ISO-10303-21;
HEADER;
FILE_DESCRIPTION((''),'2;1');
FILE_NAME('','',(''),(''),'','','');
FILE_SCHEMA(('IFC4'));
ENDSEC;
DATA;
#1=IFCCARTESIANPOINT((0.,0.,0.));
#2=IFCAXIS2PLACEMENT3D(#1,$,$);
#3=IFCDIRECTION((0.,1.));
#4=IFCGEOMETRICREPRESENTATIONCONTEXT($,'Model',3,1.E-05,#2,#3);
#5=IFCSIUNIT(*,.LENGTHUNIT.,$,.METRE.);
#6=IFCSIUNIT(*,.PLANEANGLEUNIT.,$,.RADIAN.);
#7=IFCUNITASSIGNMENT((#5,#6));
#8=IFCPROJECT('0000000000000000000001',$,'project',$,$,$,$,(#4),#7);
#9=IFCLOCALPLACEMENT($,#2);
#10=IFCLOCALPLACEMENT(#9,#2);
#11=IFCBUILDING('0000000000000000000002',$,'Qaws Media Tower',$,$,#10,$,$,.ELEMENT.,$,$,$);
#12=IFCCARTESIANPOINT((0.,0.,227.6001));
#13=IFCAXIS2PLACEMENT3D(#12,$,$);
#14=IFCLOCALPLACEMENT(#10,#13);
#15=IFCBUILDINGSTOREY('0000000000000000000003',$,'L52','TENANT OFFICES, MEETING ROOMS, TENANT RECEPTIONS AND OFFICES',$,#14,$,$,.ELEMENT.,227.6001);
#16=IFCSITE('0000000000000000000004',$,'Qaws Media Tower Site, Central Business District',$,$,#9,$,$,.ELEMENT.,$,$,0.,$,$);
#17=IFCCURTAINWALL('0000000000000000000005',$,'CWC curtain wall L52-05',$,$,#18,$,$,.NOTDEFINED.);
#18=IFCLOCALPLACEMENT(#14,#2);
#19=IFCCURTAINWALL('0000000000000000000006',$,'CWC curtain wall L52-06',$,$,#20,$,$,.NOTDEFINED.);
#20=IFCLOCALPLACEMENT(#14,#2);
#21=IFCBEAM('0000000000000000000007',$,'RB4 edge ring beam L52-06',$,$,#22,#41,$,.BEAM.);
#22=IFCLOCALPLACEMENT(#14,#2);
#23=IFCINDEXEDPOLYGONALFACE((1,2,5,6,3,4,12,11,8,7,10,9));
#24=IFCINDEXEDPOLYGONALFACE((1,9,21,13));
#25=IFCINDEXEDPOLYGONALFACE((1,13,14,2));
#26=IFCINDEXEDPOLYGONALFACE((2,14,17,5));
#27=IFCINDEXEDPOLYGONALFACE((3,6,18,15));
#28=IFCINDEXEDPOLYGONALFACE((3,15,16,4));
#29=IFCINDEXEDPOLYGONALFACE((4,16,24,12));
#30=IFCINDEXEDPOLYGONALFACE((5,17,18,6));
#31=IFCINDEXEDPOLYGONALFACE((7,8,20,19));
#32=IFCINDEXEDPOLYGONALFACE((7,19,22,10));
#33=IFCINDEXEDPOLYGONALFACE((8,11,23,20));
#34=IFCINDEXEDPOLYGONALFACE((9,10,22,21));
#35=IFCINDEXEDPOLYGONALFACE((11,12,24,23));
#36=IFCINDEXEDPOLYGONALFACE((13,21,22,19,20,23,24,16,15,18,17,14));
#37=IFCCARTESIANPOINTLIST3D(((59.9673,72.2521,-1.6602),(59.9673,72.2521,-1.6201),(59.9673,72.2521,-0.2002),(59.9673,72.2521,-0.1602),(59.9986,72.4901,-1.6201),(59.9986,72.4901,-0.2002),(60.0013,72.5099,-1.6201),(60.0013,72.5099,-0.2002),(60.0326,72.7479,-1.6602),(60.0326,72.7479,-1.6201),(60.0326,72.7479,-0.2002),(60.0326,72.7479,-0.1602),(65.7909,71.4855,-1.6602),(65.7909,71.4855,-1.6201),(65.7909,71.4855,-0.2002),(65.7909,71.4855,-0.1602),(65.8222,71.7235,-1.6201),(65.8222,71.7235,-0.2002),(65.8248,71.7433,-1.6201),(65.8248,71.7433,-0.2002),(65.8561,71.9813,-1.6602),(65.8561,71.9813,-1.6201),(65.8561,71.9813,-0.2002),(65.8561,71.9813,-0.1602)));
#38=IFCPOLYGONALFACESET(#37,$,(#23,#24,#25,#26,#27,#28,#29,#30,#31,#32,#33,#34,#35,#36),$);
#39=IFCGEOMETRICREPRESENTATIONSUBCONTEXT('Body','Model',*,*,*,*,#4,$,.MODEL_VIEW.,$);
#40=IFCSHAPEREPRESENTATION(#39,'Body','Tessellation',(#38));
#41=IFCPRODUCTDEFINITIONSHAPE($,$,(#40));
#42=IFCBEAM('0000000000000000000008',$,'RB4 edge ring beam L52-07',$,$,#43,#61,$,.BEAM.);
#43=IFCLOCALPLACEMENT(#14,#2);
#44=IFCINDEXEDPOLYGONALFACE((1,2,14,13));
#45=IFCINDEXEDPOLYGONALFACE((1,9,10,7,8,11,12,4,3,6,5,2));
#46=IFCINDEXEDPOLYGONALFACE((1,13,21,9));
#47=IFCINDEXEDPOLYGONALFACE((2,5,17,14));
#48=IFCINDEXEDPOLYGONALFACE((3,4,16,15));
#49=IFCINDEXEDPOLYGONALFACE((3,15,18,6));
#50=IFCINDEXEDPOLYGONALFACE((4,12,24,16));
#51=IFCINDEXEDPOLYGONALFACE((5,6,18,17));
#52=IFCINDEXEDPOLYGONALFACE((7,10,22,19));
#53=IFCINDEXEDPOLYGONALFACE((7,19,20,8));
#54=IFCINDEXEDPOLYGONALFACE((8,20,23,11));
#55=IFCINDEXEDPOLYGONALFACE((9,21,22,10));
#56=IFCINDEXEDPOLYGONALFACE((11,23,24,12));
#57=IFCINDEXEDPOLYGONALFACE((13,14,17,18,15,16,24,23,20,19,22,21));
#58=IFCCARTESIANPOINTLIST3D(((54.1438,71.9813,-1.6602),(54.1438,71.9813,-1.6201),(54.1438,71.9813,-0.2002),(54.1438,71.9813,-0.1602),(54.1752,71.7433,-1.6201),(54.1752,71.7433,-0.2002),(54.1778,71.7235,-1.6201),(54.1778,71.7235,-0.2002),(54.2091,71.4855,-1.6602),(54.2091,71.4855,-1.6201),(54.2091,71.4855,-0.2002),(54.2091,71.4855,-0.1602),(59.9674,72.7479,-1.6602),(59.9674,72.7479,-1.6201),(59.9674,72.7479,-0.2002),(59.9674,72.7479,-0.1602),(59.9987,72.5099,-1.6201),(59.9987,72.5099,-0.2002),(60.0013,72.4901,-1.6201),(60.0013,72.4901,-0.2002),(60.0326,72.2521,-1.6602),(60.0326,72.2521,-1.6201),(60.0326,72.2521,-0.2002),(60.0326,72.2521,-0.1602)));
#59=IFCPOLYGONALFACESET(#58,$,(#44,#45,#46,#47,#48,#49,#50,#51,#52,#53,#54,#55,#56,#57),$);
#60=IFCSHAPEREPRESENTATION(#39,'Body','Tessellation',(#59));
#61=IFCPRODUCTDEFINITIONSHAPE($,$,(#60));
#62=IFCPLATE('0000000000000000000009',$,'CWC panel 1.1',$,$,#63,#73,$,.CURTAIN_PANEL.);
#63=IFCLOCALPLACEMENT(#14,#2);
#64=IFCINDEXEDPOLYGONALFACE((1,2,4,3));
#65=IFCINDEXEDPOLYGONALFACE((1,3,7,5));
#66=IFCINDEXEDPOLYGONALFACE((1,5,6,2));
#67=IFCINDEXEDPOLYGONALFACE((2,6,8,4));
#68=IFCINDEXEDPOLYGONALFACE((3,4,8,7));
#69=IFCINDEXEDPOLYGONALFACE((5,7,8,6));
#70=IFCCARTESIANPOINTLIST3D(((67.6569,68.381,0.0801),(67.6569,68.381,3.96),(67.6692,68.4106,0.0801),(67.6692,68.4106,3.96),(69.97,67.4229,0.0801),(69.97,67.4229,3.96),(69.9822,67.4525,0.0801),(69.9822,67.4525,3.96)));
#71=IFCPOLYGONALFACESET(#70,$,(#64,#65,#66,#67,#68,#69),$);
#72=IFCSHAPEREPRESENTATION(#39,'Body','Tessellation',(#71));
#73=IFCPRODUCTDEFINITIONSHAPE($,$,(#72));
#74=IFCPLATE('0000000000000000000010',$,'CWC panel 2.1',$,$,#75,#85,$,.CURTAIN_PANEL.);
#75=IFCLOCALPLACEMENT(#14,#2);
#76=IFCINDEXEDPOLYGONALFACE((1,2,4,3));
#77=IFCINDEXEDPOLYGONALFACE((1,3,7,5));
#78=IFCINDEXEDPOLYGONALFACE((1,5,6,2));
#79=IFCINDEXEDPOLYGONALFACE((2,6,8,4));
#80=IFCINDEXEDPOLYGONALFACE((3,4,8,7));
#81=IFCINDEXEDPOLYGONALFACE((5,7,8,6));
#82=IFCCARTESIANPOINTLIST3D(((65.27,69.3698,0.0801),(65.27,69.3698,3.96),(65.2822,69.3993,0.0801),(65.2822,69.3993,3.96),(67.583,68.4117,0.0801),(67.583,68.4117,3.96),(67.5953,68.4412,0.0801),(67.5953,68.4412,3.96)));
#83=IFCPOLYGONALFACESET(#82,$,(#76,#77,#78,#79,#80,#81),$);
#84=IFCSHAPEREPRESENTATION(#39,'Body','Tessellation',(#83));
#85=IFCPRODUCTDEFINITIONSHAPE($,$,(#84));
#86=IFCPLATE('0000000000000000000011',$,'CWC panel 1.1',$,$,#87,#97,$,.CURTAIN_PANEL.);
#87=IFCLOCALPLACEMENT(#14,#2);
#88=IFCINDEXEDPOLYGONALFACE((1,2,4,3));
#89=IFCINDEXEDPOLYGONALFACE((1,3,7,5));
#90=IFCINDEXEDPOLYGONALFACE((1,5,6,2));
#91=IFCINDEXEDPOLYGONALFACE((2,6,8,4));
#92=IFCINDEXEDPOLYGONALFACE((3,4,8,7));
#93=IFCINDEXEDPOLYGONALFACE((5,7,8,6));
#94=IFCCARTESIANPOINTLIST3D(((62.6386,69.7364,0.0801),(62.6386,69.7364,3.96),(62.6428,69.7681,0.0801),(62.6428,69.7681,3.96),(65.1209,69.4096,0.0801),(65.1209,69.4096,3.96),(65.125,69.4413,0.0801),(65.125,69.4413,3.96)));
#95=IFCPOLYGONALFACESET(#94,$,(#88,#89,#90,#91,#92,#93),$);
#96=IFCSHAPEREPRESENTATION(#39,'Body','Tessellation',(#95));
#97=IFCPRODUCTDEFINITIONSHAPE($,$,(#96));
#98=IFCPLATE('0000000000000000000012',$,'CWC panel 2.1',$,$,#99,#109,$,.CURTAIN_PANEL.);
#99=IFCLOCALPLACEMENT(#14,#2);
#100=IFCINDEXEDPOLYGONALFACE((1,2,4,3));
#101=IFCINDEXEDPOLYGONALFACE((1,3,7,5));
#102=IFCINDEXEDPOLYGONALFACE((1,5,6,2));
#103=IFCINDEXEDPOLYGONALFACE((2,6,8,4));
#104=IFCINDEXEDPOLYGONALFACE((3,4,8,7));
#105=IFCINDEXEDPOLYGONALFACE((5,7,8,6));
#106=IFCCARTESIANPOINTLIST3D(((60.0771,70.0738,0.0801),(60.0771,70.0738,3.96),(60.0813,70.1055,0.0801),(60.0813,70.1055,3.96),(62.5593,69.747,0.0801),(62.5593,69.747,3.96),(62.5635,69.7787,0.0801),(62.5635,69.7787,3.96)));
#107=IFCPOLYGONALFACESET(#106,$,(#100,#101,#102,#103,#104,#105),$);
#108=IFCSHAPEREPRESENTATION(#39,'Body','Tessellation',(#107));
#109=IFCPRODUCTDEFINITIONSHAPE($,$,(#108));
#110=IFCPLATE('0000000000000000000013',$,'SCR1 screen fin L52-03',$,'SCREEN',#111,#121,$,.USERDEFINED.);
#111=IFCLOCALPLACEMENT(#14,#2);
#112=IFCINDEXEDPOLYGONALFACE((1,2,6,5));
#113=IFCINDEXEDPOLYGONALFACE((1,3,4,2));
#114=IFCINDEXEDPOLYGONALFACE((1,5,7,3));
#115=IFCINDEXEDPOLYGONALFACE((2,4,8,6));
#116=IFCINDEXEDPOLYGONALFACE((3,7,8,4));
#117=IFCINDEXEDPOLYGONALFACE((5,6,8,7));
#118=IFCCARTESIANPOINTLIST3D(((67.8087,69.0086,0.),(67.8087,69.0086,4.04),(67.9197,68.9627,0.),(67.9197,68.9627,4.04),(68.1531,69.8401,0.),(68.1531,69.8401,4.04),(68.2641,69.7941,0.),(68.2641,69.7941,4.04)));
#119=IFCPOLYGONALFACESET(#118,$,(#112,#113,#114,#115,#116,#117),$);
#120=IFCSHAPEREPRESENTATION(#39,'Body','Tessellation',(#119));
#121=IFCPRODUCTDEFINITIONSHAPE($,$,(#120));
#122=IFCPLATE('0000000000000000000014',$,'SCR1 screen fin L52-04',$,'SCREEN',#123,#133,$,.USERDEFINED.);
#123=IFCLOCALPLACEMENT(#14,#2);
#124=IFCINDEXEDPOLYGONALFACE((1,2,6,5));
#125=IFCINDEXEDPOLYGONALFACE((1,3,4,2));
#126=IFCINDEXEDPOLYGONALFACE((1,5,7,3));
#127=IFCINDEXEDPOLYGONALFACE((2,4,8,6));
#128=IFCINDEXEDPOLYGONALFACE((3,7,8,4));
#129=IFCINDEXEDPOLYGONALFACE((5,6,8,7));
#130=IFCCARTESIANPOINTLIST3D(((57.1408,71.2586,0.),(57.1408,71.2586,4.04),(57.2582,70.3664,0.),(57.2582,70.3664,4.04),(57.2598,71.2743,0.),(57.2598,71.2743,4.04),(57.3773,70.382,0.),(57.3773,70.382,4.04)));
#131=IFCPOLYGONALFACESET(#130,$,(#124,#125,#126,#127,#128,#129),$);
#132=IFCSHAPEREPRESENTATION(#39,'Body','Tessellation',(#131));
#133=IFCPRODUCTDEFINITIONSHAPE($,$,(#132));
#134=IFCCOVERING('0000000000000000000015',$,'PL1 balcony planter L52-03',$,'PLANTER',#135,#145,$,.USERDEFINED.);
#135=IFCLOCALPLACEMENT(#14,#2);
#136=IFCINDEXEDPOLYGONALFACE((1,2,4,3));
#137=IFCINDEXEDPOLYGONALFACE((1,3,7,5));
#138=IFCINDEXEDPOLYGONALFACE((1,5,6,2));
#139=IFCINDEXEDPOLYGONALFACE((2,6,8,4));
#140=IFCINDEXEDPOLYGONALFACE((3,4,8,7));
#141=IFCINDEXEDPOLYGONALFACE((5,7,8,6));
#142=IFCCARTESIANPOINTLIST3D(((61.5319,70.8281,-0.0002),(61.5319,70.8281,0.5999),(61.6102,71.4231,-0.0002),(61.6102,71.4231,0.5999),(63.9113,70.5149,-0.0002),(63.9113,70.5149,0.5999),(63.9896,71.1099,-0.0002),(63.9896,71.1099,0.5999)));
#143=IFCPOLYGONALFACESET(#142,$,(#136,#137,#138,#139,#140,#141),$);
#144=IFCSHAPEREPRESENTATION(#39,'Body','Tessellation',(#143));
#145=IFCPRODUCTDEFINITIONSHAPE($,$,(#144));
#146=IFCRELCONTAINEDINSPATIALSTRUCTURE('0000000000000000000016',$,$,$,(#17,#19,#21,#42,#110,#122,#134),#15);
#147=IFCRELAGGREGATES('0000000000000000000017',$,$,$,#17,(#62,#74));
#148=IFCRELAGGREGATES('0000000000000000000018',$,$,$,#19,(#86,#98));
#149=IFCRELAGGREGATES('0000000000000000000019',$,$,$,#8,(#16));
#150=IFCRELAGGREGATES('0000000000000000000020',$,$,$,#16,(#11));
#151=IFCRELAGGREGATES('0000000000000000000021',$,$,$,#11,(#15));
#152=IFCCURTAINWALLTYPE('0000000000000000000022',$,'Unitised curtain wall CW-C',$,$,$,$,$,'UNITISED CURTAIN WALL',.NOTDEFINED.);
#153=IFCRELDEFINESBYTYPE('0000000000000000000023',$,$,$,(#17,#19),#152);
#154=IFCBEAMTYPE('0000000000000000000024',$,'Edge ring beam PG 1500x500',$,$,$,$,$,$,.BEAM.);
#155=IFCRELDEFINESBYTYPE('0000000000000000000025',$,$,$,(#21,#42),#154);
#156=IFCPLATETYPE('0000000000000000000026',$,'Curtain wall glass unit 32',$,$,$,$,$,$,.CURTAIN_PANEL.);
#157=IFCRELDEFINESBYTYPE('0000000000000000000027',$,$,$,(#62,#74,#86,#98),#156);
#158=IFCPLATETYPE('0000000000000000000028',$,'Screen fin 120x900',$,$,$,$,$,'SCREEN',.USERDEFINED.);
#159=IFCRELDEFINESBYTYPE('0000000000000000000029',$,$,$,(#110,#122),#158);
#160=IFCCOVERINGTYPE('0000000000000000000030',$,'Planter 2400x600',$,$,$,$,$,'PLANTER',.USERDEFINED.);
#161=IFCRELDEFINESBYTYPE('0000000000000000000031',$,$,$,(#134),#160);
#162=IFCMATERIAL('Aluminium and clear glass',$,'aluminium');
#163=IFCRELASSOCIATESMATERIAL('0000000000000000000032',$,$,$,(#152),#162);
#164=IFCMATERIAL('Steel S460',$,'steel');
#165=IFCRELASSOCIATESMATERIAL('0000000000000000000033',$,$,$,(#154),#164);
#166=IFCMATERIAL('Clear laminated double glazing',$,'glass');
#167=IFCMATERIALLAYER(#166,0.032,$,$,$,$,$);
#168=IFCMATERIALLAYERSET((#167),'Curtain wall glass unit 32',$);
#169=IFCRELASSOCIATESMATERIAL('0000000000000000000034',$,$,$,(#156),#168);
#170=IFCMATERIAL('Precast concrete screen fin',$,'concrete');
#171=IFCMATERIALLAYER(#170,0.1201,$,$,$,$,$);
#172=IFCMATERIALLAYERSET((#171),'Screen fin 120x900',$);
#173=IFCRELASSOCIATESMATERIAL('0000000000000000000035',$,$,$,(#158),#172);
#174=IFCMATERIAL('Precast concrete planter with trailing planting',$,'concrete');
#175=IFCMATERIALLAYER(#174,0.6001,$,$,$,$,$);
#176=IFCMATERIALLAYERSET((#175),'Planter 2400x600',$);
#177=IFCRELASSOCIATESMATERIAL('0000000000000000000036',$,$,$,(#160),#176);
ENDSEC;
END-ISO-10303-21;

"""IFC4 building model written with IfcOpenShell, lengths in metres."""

from ifc_helpers import new_model, si_unit, direction, frame, origin, origin_2d, place, context, subcontext, project, spatial, rectangle, i_section, extrude, material, layer, layer_set, material_profile, profile_set, type_object, element, aggregate, save


model = new_model("IFC4")

# Units and contexts
model_context = context("Model", 3, precision=1e-05, world=origin(), true_north=direction((0.0, 1.0)))
body_context = subcontext(model_context, "Body", "Model", "MODEL_VIEW")
ifc_project = project(units=[si_unit("LENGTHUNIT", "METRE"), si_unit("PLANEANGLEUNIT", "RADIAN")], contexts=[model_context])

# Site, building, storey
site_placement = place(None, origin())
site = spatial("IfcSite", under=ifc_project, at=site_placement, Name="Qaws Media Tower Site, Central Business District", CompositionType="ELEMENT", RefElevation=0.0)
building_placement = place(site_placement, origin())
building = spatial("IfcBuilding", under=site, at=building_placement, Name="Qaws Media Tower", CompositionType="ELEMENT")
storey_placement = place(building_placement, frame((0.0, 0.0, 227.6001)))
storey = spatial("IfcBuildingStorey", under=building, at=storey_placement, Name="L52", Description="TENANT OFFICES, MEETING ROOMS, TENANT RECEPTIONS AND OFFICES", CompositionType="ELEMENT", Elevation=227.6001)

# Curtain walls
ifc_material_1 = material(Name="Aluminium and clear glass", Category="aluminium")
curtain_wall_type = type_object("IfcCurtainWallType", Name="Unitised curtain wall CW-C", ElementType="UNITISED CURTAIN WALL", PredefinedType="NOTDEFINED", material=ifc_material_1)
curtain_wall_1_placement = place(storey_placement, origin())
curtain_wall_1 = element("IfcCurtainWall", 1, at=curtain_wall_1_placement, inside=storey, type_object=curtain_wall_type, Name="CWC curtain wall L52-05", PredefinedType="NOTDEFINED")
curtain_wall_2_placement = place(storey_placement, origin())
curtain_wall_2 = element("IfcCurtainWall", 2, at=curtain_wall_2_placement, inside=storey, type_object=curtain_wall_type, Name="CWC curtain wall L52-06", PredefinedType="NOTDEFINED")

# Beams
ifc_material_2 = material(Name="Steel S460", Category="steel")
ifc_material_profile_1 = material_profile(ifc_material_2, i_section(OverallWidth=0.5, OverallDepth=1.5, WebThickness=0.02, FlangeThickness=0.04, at=origin_2d()), Name="PG 1500x500")
ifc_profile_set_1 = profile_set([ifc_material_profile_1], Name="Steel S460")
beam_type = type_object("IfcBeamType", Name="Edge ring beam PG 1500x500", PredefinedType="BEAM", material=ifc_profile_set_1)
for number, where, z_axis, x_axis, name in (
    (3, (65.8235, 71.7334, -0.9102), (-0.991447, 0.130514, 0.0), (-0.130514, -0.991447, 0.0), "RB4 edge ring beam L52-06"),
    (4, (60.0, 72.5, -0.9102), (-0.991447, -0.130514, 0.0), (0.130514, -0.991447, 0.0), "RB4 edge ring beam L52-07"),
):
    element("IfcBeam", number, at=place(storey_placement, frame(where, z_axis=z_axis, x_axis=x_axis)), inside=storey, type_object=beam_type, Name=name, PredefinedType="BEAM", context=body_context, shape_type="SweptSolid", body=[
        extrude(i_section(OverallWidth=0.5, OverallDepth=1.5, WebThickness=0.02, FlangeThickness=0.04, at=origin_2d()), origin(), (0.0, 0.0, 1.0), 5.8738),
    ])

# Plates
ifc_material_3 = material(Name="Clear laminated double glazing", Category="glass")
ifc_layer_1 = layer(ifc_material_3, 0.032)
ifc_layer_set_1 = layer_set([ifc_layer_1], Name="Curtain wall glass unit 32")
plate_type_1 = type_object("IfcPlateType", Name="Curtain wall glass unit 32", PredefinedType="CURTAIN_PANEL", material=ifc_layer_set_1)
plate_1_placement = place(storey_placement, frame((68.8196, 67.9167, 0.0801), z_axis=(0.0, 0.0, 1.0), x_axis=(-0.92388, 0.382683, 0.0)))
plate_1 = element("IfcPlate", 5, at=plate_1_placement, type_object=plate_type_1, Name="CWC panel 1.1", PredefinedType="CURTAIN_PANEL", context=body_context, shape_type="SweptSolid", body=[
    extrude(rectangle(XDim=2.5037, YDim=0.032, at=origin_2d()), origin(), (0.0, 0.0, 1.0), 3.8799),
])
plate_2_placement = place(storey_placement, frame((66.4326, 68.9055, 0.0801), z_axis=(0.0, 0.0, 1.0), x_axis=(-0.92388, 0.382683, 0.0)))
plate_2 = element("IfcPlate", 6, at=plate_2_placement, type_object=plate_type_1, Name="CWC panel 2.1", PredefinedType="CURTAIN_PANEL", context=body_context, shape_type="SweptSolid", body=[
    extrude(rectangle(XDim=2.5037, YDim=0.032, at=origin_2d()), origin(), (0.0, 0.0, 1.0), 3.8799),
])
aggregate(curtain_wall_1, [plate_1, plate_2])
plate_3_placement = place(storey_placement, frame((63.8818, 69.5889, 0.0801), z_axis=(0.0, 0.0, 1.0), x_axis=(-0.991445, 0.130526, 0.0)))
plate_3 = element("IfcPlate", 7, at=plate_3_placement, type_object=plate_type_1, Name="CWC panel 1.1", PredefinedType="CURTAIN_PANEL", context=body_context, shape_type="SweptSolid", body=[
    extrude(rectangle(XDim=2.5037, YDim=0.032, at=origin_2d()), origin(), (0.0, 0.0, 1.0), 3.8799),
])
plate_4_placement = place(storey_placement, frame((61.3203, 69.9263, 0.0801), z_axis=(0.0, 0.0, 1.0), x_axis=(-0.991445, 0.130526, 0.0)))
plate_4 = element("IfcPlate", 8, at=plate_4_placement, type_object=plate_type_1, Name="CWC panel 2.1", PredefinedType="CURTAIN_PANEL", context=body_context, shape_type="SweptSolid", body=[
    extrude(rectangle(XDim=2.5037, YDim=0.032, at=origin_2d()), origin(), (0.0, 0.0, 1.0), 3.8799),
])
aggregate(curtain_wall_2, [plate_3, plate_4])

# Plates
ifc_material_4 = material(Name="Precast concrete screen fin", Category="concrete")
ifc_layer_2 = layer(ifc_material_4, 0.1201)
ifc_layer_set_2 = layer_set([ifc_layer_2], Name="Screen fin 120x900")
plate_type_2 = type_object("IfcPlateType", Name="Screen fin 120x900", ElementType="SCREEN", PredefinedType="USERDEFINED", material=ifc_layer_set_2)
for number, where, z_axis, x_axis, name in (
    (9, (68.0364, 69.4014, 0.0), (0.0, 0.0, 1.0), (0.382683, 0.92388, 0.0), "SCR1 screen fin L52-03"),
    (10, (57.259, 70.8203, 0.0), (0.0, 0.0, 1.0), (-0.130526, 0.991445, 0.0), "SCR1 screen fin L52-04"),
):
    element("IfcPlate", number, at=place(storey_placement, frame(where, z_axis=z_axis, x_axis=x_axis)), inside=storey, type_object=plate_type_2, Name=name, ObjectType="SCREEN", PredefinedType="USERDEFINED", context=body_context, shape_type="SweptSolid", body=[
        extrude(rectangle(XDim=0.8999, YDim=0.1201, at=origin_2d()), origin(), (0.0, 0.0, 1.0), 4.04),
    ])

# Covering
ifc_material_5 = material(Name="Precast concrete planter with trailing planting", Category="concrete")
ifc_layer_3 = layer(ifc_material_5, 0.6001)
ifc_layer_set_3 = layer_set([ifc_layer_3], Name="Planter 2400x600")
covering_type = type_object("IfcCoveringType", Name="Planter 2400x600", ElementType="PLANTER", PredefinedType="USERDEFINED", material=ifc_layer_set_3)
covering_placement = place(storey_placement, frame((62.7607, 70.969, -0.0002), z_axis=(0.0, 0.0, 1.0), x_axis=(-0.991445, 0.130526, 0.0)))
element("IfcCovering", 11, at=covering_placement, inside=storey, type_object=covering_type, Name="PL1 balcony planter L52-03", ObjectType="PLANTER", PredefinedType="USERDEFINED", context=body_context, shape_type="SweptSolid", body=[
    extrude(rectangle(XDim=2.3999, YDim=0.6001, at=origin_2d()), origin(), (0.0, 0.0, 1.0), 0.6001),
])

save(model, "model.ifc")
